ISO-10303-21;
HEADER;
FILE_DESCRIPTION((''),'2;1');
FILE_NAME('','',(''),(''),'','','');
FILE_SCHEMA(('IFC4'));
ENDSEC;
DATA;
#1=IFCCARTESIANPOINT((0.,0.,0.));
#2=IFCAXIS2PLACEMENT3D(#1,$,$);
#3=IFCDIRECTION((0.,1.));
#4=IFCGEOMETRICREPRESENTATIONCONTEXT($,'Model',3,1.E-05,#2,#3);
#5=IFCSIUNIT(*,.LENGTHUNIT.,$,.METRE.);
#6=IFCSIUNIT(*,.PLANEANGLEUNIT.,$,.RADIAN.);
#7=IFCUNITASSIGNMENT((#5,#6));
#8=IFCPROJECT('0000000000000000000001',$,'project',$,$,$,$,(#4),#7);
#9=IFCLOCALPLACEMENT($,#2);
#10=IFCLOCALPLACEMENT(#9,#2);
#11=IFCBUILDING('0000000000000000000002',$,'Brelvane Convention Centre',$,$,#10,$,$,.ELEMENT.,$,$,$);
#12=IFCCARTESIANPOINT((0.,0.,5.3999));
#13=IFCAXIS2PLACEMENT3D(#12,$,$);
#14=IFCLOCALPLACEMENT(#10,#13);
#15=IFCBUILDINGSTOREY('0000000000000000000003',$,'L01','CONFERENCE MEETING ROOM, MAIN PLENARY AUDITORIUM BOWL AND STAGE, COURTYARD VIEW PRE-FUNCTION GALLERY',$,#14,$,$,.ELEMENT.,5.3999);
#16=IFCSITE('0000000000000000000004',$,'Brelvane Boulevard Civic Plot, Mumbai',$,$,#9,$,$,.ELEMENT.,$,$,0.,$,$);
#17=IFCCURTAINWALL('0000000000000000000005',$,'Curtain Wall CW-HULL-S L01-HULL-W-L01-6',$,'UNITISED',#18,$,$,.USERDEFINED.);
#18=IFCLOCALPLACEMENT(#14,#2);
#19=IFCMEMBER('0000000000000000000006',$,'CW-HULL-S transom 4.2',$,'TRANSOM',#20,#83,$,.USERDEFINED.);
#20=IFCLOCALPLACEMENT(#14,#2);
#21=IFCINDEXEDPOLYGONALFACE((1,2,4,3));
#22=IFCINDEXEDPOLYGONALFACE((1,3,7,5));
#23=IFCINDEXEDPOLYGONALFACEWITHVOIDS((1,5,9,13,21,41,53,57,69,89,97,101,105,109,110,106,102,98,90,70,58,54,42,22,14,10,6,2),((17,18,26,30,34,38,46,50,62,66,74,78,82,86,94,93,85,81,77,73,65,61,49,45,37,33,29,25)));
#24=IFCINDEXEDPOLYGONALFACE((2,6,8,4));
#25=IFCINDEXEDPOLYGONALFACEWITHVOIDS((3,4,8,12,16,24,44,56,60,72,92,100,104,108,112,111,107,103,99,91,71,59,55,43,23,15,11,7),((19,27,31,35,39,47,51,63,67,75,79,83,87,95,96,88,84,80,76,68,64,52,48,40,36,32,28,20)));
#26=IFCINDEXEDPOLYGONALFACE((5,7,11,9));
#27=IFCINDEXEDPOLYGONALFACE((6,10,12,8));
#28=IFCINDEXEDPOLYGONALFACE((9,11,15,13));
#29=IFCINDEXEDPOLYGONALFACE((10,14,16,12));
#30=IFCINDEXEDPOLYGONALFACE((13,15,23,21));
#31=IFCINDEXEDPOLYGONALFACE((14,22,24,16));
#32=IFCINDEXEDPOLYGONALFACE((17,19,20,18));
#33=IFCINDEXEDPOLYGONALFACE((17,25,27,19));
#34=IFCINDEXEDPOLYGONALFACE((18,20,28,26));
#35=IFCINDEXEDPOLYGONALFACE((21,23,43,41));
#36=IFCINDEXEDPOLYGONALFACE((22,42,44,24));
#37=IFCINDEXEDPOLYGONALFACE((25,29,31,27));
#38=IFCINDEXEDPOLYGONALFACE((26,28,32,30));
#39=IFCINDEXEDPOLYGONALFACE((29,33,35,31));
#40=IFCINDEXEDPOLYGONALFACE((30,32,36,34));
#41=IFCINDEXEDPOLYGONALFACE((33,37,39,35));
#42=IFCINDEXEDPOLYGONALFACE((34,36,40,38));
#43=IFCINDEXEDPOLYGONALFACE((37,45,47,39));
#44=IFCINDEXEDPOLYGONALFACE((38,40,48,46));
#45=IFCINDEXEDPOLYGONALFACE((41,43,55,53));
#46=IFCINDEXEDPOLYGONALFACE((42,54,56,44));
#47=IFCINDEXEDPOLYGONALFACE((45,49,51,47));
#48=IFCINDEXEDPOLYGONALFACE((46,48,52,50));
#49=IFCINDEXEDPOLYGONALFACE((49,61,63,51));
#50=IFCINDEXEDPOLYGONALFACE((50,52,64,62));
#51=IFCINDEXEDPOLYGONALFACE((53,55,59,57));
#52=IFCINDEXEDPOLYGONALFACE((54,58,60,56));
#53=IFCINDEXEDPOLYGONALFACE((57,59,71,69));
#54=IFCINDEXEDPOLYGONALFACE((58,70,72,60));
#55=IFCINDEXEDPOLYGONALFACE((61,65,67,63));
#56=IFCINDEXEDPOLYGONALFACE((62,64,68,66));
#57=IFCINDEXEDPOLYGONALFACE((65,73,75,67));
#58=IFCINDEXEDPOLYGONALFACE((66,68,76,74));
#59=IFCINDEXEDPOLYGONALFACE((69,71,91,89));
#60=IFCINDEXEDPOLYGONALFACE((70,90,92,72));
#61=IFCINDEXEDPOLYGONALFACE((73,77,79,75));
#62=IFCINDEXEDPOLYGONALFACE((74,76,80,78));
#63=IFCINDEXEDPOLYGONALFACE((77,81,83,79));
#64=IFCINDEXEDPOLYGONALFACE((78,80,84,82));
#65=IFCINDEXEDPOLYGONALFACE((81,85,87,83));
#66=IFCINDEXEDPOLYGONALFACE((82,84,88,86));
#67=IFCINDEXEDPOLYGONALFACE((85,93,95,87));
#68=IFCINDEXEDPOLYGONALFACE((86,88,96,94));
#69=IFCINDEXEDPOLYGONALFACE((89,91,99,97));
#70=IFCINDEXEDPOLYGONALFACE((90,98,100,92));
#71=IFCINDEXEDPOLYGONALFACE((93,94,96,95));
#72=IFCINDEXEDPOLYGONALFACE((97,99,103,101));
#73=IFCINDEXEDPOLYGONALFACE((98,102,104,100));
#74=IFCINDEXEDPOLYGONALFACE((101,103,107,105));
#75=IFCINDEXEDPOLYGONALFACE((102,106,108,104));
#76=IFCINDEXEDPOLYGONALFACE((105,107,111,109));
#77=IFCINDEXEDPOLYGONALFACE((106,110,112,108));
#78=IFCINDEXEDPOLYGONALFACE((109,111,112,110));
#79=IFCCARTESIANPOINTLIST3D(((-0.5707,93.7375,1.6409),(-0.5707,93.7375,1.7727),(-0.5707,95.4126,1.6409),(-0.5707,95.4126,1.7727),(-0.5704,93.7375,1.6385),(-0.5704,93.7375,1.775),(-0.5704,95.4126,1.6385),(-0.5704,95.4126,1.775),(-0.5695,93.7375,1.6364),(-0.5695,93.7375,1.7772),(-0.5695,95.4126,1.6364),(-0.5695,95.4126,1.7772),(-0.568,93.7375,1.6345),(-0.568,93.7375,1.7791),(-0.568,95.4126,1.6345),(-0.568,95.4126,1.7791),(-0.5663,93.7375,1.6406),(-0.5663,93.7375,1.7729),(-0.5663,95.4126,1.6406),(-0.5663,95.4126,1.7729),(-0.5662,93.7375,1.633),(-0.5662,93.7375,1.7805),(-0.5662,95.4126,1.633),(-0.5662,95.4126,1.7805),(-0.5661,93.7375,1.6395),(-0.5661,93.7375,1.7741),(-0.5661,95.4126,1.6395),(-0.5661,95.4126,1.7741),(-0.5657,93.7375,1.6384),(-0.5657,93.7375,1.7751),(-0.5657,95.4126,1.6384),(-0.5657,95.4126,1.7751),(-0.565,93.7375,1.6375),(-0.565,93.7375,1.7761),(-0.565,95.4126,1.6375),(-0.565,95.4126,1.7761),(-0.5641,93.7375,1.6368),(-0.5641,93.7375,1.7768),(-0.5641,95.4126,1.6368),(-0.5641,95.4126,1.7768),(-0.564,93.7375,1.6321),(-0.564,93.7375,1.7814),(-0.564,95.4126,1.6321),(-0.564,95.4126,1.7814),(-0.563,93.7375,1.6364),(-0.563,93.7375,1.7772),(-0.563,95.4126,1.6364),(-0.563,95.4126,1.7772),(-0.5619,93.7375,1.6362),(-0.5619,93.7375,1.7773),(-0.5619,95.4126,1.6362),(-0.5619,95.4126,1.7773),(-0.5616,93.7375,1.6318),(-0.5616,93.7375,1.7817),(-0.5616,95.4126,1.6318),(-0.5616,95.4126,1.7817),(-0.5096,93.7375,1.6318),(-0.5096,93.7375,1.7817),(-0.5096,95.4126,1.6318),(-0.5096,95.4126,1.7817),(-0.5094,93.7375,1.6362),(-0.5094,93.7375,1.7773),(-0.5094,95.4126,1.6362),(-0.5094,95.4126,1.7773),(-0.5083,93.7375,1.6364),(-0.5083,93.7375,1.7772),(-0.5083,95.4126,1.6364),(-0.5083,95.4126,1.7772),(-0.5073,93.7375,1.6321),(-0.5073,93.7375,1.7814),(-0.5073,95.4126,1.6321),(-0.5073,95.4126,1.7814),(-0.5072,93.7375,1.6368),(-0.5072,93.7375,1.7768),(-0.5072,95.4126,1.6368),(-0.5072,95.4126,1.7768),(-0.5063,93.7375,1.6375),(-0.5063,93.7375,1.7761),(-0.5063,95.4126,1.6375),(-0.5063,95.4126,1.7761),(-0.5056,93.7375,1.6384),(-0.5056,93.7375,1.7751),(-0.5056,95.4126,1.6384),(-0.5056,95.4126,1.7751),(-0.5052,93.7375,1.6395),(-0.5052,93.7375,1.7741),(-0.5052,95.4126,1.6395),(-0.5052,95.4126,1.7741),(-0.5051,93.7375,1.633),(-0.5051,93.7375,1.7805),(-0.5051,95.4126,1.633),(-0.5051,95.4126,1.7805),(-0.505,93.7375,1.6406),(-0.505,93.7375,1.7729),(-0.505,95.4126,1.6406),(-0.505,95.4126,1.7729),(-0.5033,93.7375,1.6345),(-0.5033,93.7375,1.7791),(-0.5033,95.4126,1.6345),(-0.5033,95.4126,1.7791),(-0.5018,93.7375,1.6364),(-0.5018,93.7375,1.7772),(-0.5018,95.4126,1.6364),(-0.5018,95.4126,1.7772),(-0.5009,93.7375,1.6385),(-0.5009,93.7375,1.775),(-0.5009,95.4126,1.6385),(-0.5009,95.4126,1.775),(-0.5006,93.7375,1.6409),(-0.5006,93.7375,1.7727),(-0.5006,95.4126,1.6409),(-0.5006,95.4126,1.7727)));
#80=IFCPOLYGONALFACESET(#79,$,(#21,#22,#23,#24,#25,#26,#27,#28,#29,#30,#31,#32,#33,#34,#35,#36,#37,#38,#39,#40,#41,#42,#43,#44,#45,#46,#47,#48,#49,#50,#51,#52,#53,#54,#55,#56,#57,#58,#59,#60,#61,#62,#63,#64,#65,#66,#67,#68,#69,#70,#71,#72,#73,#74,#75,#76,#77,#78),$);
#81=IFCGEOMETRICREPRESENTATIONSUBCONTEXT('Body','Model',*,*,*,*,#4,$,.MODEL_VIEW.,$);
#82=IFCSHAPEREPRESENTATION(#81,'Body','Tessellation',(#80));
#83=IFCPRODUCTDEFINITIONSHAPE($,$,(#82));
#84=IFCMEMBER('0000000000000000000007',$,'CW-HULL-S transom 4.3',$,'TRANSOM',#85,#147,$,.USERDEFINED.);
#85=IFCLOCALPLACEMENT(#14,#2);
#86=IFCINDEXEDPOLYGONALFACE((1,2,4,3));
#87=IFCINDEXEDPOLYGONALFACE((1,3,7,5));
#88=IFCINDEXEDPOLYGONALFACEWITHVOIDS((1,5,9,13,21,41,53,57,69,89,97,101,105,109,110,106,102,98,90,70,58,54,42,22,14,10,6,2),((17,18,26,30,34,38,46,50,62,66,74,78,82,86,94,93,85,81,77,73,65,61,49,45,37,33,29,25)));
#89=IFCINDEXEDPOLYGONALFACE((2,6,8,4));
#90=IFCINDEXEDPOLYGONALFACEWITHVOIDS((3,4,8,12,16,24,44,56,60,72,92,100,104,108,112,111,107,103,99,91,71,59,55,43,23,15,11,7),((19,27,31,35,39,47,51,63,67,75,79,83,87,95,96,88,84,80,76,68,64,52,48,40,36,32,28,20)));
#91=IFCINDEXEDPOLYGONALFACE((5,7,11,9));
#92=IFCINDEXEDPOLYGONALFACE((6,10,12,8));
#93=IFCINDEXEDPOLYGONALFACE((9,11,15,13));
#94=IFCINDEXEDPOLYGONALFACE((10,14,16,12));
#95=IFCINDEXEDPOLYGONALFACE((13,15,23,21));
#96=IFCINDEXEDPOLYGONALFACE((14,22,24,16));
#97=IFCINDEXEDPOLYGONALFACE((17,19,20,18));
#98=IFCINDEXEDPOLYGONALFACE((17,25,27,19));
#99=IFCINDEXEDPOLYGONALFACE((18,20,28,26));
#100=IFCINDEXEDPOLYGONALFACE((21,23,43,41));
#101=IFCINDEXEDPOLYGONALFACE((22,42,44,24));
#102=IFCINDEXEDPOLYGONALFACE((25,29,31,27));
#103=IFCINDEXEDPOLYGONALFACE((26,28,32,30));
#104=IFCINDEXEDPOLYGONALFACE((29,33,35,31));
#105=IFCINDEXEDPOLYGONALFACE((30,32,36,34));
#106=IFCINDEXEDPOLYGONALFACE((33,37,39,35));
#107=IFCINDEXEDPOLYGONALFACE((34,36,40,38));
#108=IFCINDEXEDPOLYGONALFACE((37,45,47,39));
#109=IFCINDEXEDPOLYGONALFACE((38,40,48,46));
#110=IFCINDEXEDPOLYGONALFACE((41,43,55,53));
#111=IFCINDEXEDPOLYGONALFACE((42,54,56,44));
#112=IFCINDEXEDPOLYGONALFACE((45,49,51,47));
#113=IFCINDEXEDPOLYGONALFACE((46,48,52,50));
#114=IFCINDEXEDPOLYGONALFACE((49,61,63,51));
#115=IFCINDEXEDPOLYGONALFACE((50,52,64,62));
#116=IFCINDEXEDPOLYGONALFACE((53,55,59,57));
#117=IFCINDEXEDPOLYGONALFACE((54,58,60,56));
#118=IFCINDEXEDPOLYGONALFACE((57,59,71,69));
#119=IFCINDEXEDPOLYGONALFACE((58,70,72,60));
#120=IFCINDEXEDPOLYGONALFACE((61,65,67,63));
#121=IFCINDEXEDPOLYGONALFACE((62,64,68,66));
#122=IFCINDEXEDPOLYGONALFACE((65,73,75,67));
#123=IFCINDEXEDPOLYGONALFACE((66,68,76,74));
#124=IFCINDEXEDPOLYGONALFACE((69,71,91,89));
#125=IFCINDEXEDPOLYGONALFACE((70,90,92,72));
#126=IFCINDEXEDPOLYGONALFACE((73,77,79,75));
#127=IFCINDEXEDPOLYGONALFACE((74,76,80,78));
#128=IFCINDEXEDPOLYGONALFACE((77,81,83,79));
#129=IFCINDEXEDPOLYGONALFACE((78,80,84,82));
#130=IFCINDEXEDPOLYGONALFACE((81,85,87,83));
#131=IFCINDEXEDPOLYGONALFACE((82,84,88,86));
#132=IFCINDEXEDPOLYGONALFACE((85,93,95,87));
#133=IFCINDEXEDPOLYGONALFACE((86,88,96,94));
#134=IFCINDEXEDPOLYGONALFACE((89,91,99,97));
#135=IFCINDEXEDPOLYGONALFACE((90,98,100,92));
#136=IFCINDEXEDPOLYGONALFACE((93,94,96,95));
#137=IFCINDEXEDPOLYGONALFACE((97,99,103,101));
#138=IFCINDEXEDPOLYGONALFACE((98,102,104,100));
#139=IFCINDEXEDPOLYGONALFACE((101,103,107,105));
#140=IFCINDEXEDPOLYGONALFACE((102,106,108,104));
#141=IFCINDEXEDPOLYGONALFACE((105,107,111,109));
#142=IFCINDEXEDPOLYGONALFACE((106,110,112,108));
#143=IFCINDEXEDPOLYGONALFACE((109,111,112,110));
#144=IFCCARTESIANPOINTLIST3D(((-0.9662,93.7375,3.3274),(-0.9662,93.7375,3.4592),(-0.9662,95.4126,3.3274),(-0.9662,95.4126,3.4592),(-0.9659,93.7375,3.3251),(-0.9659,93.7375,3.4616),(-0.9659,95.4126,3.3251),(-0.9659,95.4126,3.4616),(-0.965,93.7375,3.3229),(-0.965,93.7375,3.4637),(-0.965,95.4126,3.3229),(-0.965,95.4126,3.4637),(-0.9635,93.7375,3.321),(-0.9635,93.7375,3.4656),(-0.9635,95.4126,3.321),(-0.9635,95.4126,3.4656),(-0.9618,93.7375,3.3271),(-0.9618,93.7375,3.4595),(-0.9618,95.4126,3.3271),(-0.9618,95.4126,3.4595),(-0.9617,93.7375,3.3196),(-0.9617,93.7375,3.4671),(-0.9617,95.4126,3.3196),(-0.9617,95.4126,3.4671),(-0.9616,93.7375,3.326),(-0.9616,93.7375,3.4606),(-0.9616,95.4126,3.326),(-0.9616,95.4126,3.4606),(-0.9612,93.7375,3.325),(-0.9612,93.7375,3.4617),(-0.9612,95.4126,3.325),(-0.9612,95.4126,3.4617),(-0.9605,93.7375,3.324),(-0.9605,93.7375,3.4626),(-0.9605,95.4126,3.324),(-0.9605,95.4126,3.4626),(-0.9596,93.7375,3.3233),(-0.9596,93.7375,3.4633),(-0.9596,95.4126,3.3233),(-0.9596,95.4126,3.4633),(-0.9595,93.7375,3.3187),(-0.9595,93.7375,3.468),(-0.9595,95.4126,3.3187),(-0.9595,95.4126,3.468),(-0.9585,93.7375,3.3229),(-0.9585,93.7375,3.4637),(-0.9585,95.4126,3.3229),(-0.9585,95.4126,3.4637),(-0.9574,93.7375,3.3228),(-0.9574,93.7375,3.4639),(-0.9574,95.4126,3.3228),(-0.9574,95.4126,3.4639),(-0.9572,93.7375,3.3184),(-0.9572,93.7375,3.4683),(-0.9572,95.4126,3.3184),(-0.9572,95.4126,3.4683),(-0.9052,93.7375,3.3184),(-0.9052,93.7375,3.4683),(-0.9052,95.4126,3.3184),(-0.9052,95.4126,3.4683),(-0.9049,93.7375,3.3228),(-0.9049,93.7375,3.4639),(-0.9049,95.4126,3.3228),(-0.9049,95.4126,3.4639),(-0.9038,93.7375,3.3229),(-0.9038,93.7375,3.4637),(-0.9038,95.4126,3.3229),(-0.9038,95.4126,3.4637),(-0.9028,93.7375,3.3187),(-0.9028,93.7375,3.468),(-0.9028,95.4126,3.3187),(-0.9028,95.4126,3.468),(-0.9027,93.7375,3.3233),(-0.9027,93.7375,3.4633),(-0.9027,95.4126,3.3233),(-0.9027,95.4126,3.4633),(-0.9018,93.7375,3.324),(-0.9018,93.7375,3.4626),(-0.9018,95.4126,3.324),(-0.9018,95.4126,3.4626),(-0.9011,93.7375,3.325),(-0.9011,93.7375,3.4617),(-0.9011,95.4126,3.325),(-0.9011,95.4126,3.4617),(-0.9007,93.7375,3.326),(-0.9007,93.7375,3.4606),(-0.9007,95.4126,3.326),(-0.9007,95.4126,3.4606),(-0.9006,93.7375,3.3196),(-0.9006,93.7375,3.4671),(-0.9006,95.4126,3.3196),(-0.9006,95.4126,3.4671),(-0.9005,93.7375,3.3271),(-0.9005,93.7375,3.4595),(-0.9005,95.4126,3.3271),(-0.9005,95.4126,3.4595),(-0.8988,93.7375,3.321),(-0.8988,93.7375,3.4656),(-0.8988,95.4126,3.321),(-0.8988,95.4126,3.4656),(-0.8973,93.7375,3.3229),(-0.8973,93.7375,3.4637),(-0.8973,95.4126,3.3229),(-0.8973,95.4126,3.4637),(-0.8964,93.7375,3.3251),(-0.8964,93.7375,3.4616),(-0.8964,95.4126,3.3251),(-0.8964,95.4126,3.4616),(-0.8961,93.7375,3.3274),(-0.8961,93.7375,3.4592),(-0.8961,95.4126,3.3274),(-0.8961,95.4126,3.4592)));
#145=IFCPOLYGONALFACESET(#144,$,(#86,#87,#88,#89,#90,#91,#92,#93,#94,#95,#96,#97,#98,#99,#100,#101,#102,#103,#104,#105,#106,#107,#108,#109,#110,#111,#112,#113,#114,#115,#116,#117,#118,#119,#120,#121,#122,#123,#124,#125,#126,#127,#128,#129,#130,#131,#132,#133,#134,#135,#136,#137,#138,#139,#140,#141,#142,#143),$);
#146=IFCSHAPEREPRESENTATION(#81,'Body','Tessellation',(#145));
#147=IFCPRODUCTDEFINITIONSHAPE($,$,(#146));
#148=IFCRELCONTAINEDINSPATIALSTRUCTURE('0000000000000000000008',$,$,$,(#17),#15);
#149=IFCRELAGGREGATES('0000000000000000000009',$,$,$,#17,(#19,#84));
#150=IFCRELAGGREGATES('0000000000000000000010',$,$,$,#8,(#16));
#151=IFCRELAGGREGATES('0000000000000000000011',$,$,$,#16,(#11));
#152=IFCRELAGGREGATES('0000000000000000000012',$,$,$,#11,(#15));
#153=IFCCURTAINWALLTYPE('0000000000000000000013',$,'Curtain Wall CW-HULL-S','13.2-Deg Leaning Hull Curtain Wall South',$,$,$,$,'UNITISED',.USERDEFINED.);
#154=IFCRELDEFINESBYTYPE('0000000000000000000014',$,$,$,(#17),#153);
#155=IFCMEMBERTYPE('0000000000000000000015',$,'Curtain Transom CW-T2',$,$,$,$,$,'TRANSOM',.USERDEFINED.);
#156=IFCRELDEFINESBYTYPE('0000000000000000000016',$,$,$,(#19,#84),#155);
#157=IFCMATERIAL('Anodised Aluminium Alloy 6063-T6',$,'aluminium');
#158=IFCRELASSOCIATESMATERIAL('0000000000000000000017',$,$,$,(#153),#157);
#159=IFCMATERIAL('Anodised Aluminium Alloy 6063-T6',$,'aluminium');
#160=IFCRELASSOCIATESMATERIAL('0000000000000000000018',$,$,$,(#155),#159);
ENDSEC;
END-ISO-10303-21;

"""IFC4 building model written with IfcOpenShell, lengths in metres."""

from ifc_helpers import new_model, si_unit, direction, frame, origin, origin_2d, place, context, subcontext, project, spatial, hollow_rectangle, extrude, material, material_profile, profile_set, type_object, element, aggregate, save


model = new_model("IFC4")

# Units and contexts
model_context = context("Model", 3, precision=1e-05, world=origin(), true_north=direction((0.0, 1.0)))
body_context = subcontext(model_context, "Body", "Model", "MODEL_VIEW")
ifc_project = project(units=[si_unit("LENGTHUNIT", "METRE"), si_unit("PLANEANGLEUNIT", "RADIAN")], contexts=[model_context])

# Site, building, storey
site_placement = place(None, origin())
site = spatial("IfcSite", under=ifc_project, at=site_placement, Name="Brelvane Boulevard Civic Plot, Mumbai", CompositionType="ELEMENT", RefElevation=0.0)
building_placement = place(site_placement, origin())
building = spatial("IfcBuilding", under=site, at=building_placement, Name="Brelvane Convention Centre", CompositionType="ELEMENT")
storey_placement = place(building_placement, frame((0.0, 0.0, 5.3999)))
storey = spatial("IfcBuildingStorey", under=building, at=storey_placement, Name="L01", Description="CONFERENCE MEETING ROOM, MAIN PLENARY AUDITORIUM BOWL AND STAGE, COURTYARD VIEW PRE-FUNCTION GALLERY", CompositionType="ELEMENT", Elevation=5.3999)

# Curtain wall, members
ifc_material_1 = material(Name="Anodised Aluminium Alloy 6063-T6", Category="aluminium")
curtain_wall_type = type_object("IfcCurtainWallType", Name="Curtain Wall CW-HULL-S", Description="13.2-Deg Leaning Hull Curtain Wall South", ElementType="UNITISED", PredefinedType="USERDEFINED", material=ifc_material_1)
curtain_wall_placement = place(storey_placement, origin())
curtain_wall = element("IfcCurtainWall", 1, at=curtain_wall_placement, inside=storey, type_object=curtain_wall_type, Name="Curtain Wall CW-HULL-S L01-HULL-W-L01-6", ObjectType="UNITISED", PredefinedType="USERDEFINED")
ifc_material_2 = material(Name="Anodised Aluminium Alloy 6063-T6", Category="aluminium")
ifc_material_profile_1 = material_profile(ifc_material_2, hollow_rectangle(XDim=0.0701, YDim=0.1499, WallThickness=0.0044, InnerFilletRadius=0.0044, OuterFilletRadius=0.009, at=origin_2d()), Name="ALU-T 150x70x4.5")
ifc_profile_set_1 = profile_set([ifc_material_profile_1], Name="Anodised Aluminium Alloy 6063-T6")
member_type_1 = type_object("IfcMemberType", Name="Curtain Transom CW-T2", ElementType="TRANSOM", PredefinedType="USERDEFINED", material=ifc_profile_set_1)
member_1_placement = place(storey_placement, frame((-0.5356, 93.7375, 1.7068), z_axis=(0.0, 1.0, 0.0), x_axis=(-1.0, 0.0, 0.0)))
member_1 = element("IfcMember", 2, at=member_1_placement, type_object=member_type_1, Name="CW-HULL-S transom 4.2", ObjectType="TRANSOM", PredefinedType="USERDEFINED", context=body_context, shape_type="SweptSolid", body=[
    extrude(hollow_rectangle(XDim=0.0701, YDim=0.1499, WallThickness=0.0044, InnerFilletRadius=0.0044, OuterFilletRadius=0.009, at=origin_2d()), origin(), (0.0, 0.0, 1.0), 1.675),
])
member_2_placement = place(storey_placement, frame((-0.9312, 93.7375, 3.3933), z_axis=(0.0, 1.0, 0.0), x_axis=(-1.0, 0.0, 0.0)))
member_2 = element("IfcMember", 3, at=member_2_placement, type_object=member_type_1, Name="CW-HULL-S transom 4.3", ObjectType="TRANSOM", PredefinedType="USERDEFINED", context=body_context, shape_type="SweptSolid", body=[
    extrude(hollow_rectangle(XDim=0.0701, YDim=0.1499, WallThickness=0.0044, InnerFilletRadius=0.0044, OuterFilletRadius=0.009, at=origin_2d()), origin(), (0.0, 0.0, 1.0), 1.675),
])

aggregate(curtain_wall, [member_1, member_2])

save(model, "model.ifc")
